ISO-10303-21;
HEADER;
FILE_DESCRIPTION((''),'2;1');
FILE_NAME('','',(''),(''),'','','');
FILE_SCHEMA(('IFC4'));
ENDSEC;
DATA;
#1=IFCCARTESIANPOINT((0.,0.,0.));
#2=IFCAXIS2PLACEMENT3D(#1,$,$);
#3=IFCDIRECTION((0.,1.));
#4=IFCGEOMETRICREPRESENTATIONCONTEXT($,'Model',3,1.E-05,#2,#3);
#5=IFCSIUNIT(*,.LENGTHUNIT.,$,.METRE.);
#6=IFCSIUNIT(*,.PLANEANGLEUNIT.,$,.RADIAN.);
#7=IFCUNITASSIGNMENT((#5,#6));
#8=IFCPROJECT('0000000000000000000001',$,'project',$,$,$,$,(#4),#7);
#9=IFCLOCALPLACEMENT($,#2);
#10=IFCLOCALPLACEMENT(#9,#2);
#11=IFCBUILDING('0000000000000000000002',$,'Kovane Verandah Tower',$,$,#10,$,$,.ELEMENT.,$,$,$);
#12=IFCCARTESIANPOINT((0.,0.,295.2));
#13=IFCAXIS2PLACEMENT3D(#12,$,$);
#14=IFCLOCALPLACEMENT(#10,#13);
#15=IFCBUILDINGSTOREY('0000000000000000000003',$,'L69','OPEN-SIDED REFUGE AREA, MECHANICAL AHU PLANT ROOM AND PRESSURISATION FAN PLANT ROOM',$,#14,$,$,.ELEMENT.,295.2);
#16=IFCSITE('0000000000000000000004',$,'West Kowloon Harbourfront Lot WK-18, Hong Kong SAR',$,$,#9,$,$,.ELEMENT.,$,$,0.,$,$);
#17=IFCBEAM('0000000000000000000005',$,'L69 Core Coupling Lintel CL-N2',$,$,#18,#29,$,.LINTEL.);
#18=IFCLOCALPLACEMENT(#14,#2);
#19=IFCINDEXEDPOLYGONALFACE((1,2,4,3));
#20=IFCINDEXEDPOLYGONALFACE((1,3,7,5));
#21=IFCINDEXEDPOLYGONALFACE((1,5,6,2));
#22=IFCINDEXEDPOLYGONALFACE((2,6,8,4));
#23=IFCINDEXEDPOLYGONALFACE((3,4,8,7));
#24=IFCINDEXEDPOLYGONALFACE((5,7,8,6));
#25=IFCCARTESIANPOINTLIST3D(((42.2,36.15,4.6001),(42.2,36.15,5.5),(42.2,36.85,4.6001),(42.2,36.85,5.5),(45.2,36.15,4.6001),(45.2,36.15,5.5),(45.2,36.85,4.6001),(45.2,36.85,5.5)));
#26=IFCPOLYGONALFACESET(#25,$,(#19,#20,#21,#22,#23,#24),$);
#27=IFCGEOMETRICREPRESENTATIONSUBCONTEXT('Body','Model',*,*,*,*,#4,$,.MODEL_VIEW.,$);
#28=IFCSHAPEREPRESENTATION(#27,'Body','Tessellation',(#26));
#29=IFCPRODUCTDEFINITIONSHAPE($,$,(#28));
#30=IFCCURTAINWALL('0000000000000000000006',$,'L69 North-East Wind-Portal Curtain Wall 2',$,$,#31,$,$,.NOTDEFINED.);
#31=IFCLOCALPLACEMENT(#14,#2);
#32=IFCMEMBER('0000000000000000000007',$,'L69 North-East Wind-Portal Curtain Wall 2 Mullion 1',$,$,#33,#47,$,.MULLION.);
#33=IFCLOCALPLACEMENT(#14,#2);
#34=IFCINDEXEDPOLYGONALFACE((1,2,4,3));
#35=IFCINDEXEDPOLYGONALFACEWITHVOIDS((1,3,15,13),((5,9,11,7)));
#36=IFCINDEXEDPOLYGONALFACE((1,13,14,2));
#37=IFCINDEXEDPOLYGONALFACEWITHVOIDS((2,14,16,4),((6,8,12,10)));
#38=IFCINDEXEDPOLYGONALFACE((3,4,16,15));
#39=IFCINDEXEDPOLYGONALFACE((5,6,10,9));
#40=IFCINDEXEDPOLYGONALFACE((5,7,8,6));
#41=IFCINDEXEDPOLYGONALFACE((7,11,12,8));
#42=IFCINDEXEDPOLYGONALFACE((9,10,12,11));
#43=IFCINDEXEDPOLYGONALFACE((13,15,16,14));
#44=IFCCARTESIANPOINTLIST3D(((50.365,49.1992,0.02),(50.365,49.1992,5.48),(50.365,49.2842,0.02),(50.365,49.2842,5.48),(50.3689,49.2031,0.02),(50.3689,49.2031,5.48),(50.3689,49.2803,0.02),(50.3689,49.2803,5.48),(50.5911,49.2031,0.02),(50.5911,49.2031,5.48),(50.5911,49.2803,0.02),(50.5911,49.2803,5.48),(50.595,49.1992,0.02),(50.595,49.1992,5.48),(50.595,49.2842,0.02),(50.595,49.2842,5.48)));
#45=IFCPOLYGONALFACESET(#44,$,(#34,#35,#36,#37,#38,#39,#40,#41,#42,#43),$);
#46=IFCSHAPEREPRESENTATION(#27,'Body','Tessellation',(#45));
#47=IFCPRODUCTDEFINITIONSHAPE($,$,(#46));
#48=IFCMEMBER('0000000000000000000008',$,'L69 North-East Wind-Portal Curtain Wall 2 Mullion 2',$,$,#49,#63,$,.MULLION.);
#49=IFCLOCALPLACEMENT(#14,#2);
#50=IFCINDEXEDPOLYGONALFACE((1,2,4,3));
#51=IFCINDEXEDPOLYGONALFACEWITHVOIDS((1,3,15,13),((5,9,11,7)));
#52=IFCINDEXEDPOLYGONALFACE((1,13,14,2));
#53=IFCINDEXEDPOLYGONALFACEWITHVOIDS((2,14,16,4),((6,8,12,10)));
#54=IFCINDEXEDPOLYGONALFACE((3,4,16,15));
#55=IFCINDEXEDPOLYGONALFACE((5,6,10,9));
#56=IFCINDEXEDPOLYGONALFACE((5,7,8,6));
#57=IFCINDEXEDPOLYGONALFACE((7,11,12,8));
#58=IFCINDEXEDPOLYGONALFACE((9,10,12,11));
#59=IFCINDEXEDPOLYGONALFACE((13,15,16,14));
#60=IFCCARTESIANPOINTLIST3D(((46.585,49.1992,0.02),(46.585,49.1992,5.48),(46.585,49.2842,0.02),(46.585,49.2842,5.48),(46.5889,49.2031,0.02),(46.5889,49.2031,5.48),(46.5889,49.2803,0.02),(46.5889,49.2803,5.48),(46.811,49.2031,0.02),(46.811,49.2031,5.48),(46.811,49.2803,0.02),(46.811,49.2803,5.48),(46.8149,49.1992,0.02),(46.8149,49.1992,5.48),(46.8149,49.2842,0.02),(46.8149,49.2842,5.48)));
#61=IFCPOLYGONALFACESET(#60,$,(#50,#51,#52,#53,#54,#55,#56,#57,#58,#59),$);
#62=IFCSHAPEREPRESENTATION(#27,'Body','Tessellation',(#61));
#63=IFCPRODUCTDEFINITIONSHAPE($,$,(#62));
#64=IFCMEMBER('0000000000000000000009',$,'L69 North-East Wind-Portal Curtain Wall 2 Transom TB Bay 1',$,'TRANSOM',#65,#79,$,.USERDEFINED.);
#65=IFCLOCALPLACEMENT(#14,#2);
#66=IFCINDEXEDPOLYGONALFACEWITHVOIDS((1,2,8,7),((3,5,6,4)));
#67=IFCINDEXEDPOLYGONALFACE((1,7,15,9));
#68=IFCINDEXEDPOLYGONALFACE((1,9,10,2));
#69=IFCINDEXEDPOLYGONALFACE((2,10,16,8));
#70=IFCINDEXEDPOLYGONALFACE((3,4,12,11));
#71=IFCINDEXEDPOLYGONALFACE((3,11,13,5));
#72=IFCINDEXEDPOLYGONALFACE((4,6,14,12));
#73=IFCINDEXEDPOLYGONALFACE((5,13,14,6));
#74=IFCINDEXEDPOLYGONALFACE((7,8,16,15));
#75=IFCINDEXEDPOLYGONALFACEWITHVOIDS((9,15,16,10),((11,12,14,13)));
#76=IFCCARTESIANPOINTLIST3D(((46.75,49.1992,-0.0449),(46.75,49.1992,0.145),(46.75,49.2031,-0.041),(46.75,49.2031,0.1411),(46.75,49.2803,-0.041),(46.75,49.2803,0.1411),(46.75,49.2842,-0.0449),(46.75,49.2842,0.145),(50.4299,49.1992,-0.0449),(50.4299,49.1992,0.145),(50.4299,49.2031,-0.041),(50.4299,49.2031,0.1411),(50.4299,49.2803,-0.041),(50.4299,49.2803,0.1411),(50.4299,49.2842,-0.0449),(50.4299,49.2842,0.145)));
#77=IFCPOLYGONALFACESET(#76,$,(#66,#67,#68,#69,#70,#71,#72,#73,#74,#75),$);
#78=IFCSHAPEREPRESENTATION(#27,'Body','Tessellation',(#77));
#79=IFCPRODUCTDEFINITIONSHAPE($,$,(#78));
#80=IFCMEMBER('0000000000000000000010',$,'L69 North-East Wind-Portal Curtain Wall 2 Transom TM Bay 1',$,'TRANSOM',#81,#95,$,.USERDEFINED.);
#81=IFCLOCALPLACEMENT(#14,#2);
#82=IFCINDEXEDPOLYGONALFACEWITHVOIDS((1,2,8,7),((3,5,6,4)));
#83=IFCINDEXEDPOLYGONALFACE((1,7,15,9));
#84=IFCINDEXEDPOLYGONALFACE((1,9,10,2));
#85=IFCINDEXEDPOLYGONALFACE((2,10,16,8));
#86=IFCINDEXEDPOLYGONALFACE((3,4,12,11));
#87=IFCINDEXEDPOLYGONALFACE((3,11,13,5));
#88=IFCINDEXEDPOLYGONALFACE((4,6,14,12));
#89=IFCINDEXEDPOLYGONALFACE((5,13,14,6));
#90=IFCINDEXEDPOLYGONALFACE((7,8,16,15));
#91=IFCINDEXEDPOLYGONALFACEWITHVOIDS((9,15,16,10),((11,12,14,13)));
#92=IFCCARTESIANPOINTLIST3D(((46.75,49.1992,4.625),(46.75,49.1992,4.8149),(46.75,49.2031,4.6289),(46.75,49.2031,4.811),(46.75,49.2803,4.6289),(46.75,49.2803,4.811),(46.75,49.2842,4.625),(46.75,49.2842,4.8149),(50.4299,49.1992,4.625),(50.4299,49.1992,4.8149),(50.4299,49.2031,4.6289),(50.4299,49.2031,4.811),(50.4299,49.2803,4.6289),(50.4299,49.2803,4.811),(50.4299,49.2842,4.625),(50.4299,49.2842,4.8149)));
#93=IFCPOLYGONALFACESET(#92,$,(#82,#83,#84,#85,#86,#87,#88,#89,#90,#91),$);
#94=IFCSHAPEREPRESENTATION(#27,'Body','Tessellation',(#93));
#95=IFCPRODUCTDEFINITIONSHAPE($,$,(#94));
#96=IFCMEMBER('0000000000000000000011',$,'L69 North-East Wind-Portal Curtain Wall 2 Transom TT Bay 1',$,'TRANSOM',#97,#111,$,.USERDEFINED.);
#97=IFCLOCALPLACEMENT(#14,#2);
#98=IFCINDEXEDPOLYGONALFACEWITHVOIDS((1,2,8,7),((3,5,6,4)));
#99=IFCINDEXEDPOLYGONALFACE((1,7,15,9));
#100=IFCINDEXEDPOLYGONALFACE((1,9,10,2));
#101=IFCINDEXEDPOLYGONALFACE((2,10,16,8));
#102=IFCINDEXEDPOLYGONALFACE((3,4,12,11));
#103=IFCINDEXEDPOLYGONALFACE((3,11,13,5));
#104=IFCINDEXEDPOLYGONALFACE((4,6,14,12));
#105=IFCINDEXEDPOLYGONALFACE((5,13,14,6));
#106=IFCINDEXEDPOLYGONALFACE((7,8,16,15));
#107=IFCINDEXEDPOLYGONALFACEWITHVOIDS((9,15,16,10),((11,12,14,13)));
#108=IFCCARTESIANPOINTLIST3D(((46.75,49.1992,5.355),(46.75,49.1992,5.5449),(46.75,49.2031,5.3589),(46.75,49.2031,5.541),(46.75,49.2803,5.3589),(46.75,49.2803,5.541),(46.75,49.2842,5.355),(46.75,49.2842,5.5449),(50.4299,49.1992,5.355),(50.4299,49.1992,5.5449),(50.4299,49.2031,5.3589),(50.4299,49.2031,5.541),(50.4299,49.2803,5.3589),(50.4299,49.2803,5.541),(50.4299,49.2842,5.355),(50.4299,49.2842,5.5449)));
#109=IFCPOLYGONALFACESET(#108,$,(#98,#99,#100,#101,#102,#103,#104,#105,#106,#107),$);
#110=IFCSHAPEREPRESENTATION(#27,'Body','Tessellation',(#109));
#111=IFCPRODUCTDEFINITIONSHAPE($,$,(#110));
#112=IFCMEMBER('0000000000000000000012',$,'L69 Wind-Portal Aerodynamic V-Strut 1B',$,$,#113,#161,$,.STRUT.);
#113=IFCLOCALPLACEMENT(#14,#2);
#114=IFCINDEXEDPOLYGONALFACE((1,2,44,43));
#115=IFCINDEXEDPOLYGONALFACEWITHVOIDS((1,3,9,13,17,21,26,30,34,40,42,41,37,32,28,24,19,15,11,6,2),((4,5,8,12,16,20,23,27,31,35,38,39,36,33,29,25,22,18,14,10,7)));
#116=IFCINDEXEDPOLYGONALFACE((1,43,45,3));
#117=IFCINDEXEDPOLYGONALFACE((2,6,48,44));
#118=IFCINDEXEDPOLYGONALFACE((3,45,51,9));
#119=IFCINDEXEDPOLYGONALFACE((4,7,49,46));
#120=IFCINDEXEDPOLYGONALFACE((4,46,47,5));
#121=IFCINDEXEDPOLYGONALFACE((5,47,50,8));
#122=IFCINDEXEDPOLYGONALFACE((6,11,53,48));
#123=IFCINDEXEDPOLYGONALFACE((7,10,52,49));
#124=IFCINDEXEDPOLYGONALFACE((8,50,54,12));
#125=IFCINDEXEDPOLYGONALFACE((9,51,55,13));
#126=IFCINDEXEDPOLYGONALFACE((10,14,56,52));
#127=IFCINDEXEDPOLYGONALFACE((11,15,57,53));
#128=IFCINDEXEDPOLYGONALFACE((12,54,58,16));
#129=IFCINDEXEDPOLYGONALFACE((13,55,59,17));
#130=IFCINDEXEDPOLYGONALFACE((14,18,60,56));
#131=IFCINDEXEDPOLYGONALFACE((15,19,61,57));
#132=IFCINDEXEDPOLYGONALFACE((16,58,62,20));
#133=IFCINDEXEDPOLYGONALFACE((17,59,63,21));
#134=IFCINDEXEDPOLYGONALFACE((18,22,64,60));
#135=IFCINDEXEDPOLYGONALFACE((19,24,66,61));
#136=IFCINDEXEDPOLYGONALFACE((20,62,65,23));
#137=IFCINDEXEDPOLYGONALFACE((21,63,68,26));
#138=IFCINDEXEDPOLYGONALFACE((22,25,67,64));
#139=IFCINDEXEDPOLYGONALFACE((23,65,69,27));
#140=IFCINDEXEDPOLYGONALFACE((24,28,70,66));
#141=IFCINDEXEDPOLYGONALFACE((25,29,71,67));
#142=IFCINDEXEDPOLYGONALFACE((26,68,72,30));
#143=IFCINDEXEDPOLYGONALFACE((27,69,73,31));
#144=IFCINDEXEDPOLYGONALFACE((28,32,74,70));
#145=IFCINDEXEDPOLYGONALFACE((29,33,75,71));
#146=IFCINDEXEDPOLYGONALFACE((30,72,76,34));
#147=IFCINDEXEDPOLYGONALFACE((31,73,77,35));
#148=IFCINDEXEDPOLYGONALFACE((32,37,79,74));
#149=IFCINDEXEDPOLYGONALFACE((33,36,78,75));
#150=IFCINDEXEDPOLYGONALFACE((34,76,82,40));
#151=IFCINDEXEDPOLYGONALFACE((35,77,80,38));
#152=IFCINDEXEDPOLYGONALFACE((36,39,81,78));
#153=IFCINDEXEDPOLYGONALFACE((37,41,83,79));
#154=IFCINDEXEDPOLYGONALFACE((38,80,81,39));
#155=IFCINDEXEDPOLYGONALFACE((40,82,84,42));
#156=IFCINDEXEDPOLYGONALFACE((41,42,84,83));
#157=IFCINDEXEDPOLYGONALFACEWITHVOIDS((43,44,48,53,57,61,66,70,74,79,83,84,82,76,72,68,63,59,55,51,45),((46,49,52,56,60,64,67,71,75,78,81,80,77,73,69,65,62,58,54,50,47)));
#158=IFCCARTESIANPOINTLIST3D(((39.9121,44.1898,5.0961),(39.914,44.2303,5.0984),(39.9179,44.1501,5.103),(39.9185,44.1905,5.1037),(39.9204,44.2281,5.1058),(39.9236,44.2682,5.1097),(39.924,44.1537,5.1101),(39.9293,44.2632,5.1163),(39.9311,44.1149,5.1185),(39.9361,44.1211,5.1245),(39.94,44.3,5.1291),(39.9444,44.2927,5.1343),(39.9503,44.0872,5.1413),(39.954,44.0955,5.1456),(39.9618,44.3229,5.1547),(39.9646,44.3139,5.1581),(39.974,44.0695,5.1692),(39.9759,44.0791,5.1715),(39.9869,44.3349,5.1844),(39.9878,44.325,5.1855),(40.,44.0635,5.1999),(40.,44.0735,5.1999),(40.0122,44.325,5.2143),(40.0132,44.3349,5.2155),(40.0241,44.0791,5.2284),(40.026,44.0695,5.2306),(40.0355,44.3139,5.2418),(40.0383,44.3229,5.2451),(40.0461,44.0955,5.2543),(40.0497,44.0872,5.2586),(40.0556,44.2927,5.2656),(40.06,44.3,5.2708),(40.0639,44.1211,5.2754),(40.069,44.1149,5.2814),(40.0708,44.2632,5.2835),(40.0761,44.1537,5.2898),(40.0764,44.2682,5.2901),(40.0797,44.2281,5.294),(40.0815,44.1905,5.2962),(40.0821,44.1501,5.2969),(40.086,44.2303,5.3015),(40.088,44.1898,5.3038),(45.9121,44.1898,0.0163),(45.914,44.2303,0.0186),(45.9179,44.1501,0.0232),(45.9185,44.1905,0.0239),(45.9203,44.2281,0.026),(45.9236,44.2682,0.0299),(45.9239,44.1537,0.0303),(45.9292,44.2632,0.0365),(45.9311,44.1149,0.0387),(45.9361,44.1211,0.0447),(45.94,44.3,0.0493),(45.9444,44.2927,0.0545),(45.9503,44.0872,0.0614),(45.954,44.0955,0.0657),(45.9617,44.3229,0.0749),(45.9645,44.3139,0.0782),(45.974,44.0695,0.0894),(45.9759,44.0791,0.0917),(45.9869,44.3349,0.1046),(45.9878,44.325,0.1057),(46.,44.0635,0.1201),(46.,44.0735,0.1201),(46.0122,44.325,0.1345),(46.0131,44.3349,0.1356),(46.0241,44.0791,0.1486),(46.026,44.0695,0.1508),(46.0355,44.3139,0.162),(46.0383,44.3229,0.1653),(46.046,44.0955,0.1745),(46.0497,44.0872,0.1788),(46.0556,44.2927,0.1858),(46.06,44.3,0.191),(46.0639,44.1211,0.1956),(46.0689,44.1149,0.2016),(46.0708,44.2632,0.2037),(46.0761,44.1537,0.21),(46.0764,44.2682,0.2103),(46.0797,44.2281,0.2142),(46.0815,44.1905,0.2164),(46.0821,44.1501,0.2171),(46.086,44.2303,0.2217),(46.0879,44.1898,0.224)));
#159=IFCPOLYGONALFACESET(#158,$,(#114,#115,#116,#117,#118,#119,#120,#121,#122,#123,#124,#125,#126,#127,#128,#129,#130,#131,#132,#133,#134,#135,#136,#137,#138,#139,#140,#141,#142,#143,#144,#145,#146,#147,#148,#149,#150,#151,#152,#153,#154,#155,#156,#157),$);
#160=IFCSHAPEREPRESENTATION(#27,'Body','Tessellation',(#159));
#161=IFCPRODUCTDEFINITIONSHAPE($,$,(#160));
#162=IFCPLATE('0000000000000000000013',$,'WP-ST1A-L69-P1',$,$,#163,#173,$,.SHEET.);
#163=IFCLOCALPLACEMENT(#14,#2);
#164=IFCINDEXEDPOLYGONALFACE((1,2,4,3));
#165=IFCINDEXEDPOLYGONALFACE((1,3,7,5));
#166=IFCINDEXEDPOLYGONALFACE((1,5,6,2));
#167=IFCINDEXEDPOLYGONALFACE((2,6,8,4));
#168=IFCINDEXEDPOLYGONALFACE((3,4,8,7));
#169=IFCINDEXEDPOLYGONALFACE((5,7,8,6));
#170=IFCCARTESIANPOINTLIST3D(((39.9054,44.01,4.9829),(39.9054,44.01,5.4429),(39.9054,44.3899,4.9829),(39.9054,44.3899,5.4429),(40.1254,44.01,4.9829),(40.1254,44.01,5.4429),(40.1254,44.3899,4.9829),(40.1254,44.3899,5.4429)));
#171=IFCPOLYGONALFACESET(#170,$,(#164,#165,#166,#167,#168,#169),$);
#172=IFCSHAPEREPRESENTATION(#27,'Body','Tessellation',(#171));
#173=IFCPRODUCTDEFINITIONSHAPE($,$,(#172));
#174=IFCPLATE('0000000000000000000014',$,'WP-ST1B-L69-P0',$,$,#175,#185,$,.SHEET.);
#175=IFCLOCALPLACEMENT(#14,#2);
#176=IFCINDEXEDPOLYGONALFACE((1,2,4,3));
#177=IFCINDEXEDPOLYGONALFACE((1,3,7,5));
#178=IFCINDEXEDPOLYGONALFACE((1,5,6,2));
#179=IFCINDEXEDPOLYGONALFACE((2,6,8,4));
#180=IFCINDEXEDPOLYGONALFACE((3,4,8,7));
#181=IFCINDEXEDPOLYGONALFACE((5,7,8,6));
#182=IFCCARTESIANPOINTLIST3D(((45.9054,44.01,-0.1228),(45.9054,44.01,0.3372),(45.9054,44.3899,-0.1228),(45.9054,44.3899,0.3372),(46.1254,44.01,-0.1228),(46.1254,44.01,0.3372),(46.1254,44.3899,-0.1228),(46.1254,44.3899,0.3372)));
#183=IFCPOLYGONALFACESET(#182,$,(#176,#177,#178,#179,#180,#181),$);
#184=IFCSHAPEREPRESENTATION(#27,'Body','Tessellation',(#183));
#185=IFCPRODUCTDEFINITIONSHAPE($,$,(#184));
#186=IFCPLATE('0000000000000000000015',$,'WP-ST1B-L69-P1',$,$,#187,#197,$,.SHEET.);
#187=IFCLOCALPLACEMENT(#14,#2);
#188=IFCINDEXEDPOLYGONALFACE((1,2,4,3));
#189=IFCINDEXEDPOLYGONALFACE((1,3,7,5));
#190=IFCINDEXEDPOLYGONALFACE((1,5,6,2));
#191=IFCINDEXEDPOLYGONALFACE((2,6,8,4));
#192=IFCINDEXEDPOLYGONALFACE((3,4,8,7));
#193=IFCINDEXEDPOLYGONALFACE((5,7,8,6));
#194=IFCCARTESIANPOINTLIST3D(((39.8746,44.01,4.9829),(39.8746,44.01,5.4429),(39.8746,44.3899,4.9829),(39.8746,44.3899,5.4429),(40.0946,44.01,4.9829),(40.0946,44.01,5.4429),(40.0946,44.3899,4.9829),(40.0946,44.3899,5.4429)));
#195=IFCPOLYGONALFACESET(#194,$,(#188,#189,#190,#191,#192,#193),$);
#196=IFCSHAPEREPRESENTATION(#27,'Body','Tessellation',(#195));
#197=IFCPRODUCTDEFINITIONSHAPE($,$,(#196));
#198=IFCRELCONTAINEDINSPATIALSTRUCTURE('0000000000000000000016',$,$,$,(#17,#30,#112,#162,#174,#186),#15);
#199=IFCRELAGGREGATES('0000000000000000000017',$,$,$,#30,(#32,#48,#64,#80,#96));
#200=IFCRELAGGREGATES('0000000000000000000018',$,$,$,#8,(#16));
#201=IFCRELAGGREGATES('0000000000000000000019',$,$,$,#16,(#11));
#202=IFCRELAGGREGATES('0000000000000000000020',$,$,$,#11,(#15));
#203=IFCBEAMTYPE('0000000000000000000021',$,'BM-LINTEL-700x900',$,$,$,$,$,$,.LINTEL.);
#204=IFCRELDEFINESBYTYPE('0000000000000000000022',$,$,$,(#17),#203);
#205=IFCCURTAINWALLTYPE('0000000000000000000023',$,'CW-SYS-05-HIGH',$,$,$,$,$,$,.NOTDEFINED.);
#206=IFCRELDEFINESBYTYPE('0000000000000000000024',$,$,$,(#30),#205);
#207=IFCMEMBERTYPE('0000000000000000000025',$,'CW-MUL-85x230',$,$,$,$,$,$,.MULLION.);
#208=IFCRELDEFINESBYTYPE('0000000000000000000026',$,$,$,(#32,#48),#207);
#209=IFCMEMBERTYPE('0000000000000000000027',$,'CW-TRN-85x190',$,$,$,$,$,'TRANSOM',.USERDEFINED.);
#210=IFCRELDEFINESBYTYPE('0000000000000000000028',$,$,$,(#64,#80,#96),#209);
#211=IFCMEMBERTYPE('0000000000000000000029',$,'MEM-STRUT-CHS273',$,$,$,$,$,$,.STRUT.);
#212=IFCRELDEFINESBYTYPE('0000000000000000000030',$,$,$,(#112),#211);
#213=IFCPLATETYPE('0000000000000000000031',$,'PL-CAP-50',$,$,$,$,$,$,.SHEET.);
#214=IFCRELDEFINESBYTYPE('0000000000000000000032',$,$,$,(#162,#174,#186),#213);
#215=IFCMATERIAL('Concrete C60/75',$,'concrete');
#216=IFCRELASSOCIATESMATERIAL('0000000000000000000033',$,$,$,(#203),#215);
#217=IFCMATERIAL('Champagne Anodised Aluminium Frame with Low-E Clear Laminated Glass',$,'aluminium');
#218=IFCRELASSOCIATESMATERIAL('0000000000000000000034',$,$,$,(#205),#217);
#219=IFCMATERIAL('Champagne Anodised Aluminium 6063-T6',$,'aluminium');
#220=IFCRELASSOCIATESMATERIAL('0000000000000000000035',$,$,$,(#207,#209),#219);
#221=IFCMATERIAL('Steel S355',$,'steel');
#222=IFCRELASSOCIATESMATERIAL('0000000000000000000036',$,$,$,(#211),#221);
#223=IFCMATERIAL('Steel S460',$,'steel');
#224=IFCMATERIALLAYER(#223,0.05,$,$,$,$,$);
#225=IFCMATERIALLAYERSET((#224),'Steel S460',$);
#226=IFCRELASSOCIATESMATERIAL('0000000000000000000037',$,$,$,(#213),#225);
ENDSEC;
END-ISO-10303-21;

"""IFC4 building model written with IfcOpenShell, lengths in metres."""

from ifc_helpers import new_model, si_unit, direction, frame, origin, origin_2d, place, context, subcontext, project, spatial, rectangle, hollow_rectangle, hollow_circle, extrude, material, layer, layer_set, material_profile, profile_set, type_object, element, aggregate, save


model = new_model("IFC4")

# Units and contexts
model_context = context("Model", 3, precision=1e-05, world=origin(), true_north=direction((0.0, 1.0)))
body_context = subcontext(model_context, "Body", "Model", "MODEL_VIEW")
ifc_project = project(units=[si_unit("LENGTHUNIT", "METRE"), si_unit("PLANEANGLEUNIT", "RADIAN")], contexts=[model_context])

# Site, building, storey
site_placement = place(None, origin())
site = spatial("IfcSite", under=ifc_project, at=site_placement, Name="West Kowloon Harbourfront Lot WK-18, Hong Kong SAR", CompositionType="ELEMENT", RefElevation=0.0)
building_placement = place(site_placement, origin())
building = spatial("IfcBuilding", under=site, at=building_placement, Name="Kovane Verandah Tower", CompositionType="ELEMENT")
storey_placement = place(building_placement, frame((0.0, 0.0, 295.2)))
storey = spatial("IfcBuildingStorey", under=building, at=storey_placement, Name="L69", Description="OPEN-SIDED REFUGE AREA, MECHANICAL AHU PLANT ROOM AND PRESSURISATION FAN PLANT ROOM", CompositionType="ELEMENT", Elevation=295.2)

# Beam
ifc_material_1 = material(Name="Concrete C60/75", Category="concrete")
ifc_material_profile_1 = material_profile(ifc_material_1, rectangle(XDim=0.7, YDim=0.8999, at=origin_2d()), Name="RCB700x900")
ifc_profile_set_1 = profile_set([ifc_material_profile_1], Name="Concrete C60/75")
beam_type = type_object("IfcBeamType", Name="BM-LINTEL-700x900", PredefinedType="LINTEL", material=ifc_profile_set_1)
beam_placement = place(storey_placement, frame((42.2, 36.5, 5.05), z_axis=(1.0, 0.0, 0.0), x_axis=(0.0, 1.0, 0.0)))
element("IfcBeam", 1, at=beam_placement, inside=storey, type_object=beam_type, Name="L69 Core Coupling Lintel CL-N2", PredefinedType="LINTEL", context=body_context, shape_type="SweptSolid", body=[
    extrude(rectangle(XDim=0.7, YDim=0.8999, at=origin_2d()), origin(), (0.0, 0.0, 1.0), 3.0),
])

# Curtain wall, members
ifc_material_2 = material(Name="Champagne Anodised Aluminium Frame with Low-E Clear Laminated Glass", Category="aluminium")
curtain_wall_type = type_object("IfcCurtainWallType", Name="CW-SYS-05-HIGH", PredefinedType="NOTDEFINED", material=ifc_material_2)
curtain_wall_placement = place(storey_placement, origin())
curtain_wall = element("IfcCurtainWall", 2, at=curtain_wall_placement, inside=storey, type_object=curtain_wall_type, Name="L69 North-East Wind-Portal Curtain Wall 2", PredefinedType="NOTDEFINED")
ifc_material_3 = material(Name="Champagne Anodised Aluminium 6063-T6", Category="aluminium")
ifc_material_profile_2 = material_profile(ifc_material_3, hollow_rectangle(XDim=0.085, YDim=0.23, WallThickness=0.0039, at=origin_2d()), Name="AL85x230x4")
ifc_profile_set_2 = profile_set([ifc_material_profile_2], Name="Champagne Anodised Aluminium 6063-T6")
member_type_1 = type_object("IfcMemberType", Name="CW-MUL-85x230", PredefinedType="MULLION", material=ifc_profile_set_2)
member_1_placement = place(storey_placement, frame((50.48, 49.2417, 0.02), z_axis=(0.0, 0.0, 1.0), x_axis=(0.0, 1.0, 0.0)))
member_1 = element("IfcMember", 3, at=member_1_placement, type_object=member_type_1, Name="L69 North-East Wind-Portal Curtain Wall 2 Mullion 1", PredefinedType="MULLION", context=body_context, shape_type="SweptSolid", body=[
    extrude(hollow_rectangle(XDim=0.085, YDim=0.23, WallThickness=0.0039, at=origin_2d()), origin(), (0.0, 0.0, 1.0), 5.46),
])
member_2_placement = place(storey_placement, frame((46.7, 49.2417, 0.02), z_axis=(0.0, 0.0, 1.0), x_axis=(0.0, 1.0, 0.0)))
member_2 = element("IfcMember", 4, at=member_2_placement, type_object=member_type_1, Name="L69 North-East Wind-Portal Curtain Wall 2 Mullion 2", PredefinedType="MULLION", context=body_context, shape_type="SweptSolid", body=[
    extrude(hollow_rectangle(XDim=0.085, YDim=0.23, WallThickness=0.0039, at=origin_2d()), origin(), (0.0, 0.0, 1.0), 5.46),
])
ifc_material_profile_3 = material_profile(ifc_material_3, hollow_rectangle(XDim=0.085, YDim=0.1899, WallThickness=0.0039, at=origin_2d()), Name="AL85x190x4")
ifc_profile_set_3 = profile_set([ifc_material_profile_3], Name="Champagne Anodised Aluminium 6063-T6")
member_type_2 = type_object("IfcMemberType", Name="CW-TRN-85x190", ElementType="TRANSOM", PredefinedType="USERDEFINED", material=ifc_profile_set_3)
member_3_placement = place(storey_placement, frame((50.4299, 49.2417, 0.05), z_axis=(-1.0, 0.0, 0.0), x_axis=(0.0, -1.0, 0.0)))
member_3 = element("IfcMember", 5, at=member_3_placement, type_object=member_type_2, Name="L69 North-East Wind-Portal Curtain Wall 2 Transom TB Bay 1", ObjectType="TRANSOM", PredefinedType="USERDEFINED", context=body_context, shape_type="SweptSolid", body=[
    extrude(hollow_rectangle(XDim=0.085, YDim=0.1899, WallThickness=0.0039, at=origin_2d()), origin(), (0.0, 0.0, 1.0), 3.6799),
])
member_4_placement = place(storey_placement, frame((50.4299, 49.2417, 4.72), z_axis=(-1.0, 0.0, 0.0), x_axis=(0.0, -1.0, 0.0)))
member_4 = element("IfcMember", 6, at=member_4_placement, type_object=member_type_2, Name="L69 North-East Wind-Portal Curtain Wall 2 Transom TM Bay 1", ObjectType="TRANSOM", PredefinedType="USERDEFINED", context=body_context, shape_type="SweptSolid", body=[
    extrude(hollow_rectangle(XDim=0.085, YDim=0.1899, WallThickness=0.0039, at=origin_2d()), origin(), (0.0, 0.0, 1.0), 3.6799),
])
member_5_placement = place(storey_placement, frame((50.4299, 49.2417, 5.45), z_axis=(-1.0, 0.0, 0.0), x_axis=(0.0, -1.0, 0.0)))
member_5 = element("IfcMember", 7, at=member_5_placement, type_object=member_type_2, Name="L69 North-East Wind-Portal Curtain Wall 2 Transom TT Bay 1", ObjectType="TRANSOM", PredefinedType="USERDEFINED", context=body_context, shape_type="SweptSolid", body=[
    extrude(hollow_rectangle(XDim=0.085, YDim=0.1899, WallThickness=0.0039, at=origin_2d()), origin(), (0.0, 0.0, 1.0), 3.6799),
])

# Member
ifc_material_4 = material(Name="Steel S355", Category="steel")
ifc_material_profile_4 = material_profile(ifc_material_4, hollow_circle(Radius=0.1365, WallThickness=0.01, at=origin_2d()), Name="CHS273x10")
ifc_profile_set_4 = profile_set([ifc_material_profile_4], Name="Steel S355")
member_type_3 = type_object("IfcMemberType", Name="MEM-STRUT-CHS273", PredefinedType="STRUT", material=ifc_profile_set_4)
member_6_placement = place(storey_placement, frame((46.0, 44.2, 0.1201), z_axis=(-0.763204, 0.0, 0.646158), x_axis=(0.0, -1.0, 0.0)))
element("IfcMember", 8, at=member_6_placement, inside=storey, type_object=member_type_3, Name="L69 Wind-Portal Aerodynamic V-Strut 1B", PredefinedType="STRUT", context=body_context, shape_type="SweptSolid", body=[
    extrude(hollow_circle(Radius=0.1365, WallThickness=0.01, at=origin_2d()), origin(), (0.0, 0.0, 1.0), 7.8616),
])

# Plates
ifc_material_5 = material(Name="Steel S460", Category="steel")
ifc_layer_1 = layer(ifc_material_5, 0.05)
ifc_layer_set_1 = layer_set([ifc_layer_1], Name="Steel S460")
plate_type_1 = type_object("IfcPlateType", Name="PL-CAP-50", PredefinedType="SHEET", material=ifc_layer_set_1)
for number, where, z_axis, x_axis, name in (
    (9, (40.0154, 44.2, 4.9829), (0.0, 0.0, 1.0), (1.0, 0.0, 0.0), "WP-ST1A-L69-P1"),
    (10, (46.0154, 44.2, -0.1228), (0.0, 0.0, 1.0), (-1.0, 0.0, 0.0), "WP-ST1B-L69-P0"),
    (11, (39.9846, 44.2, 4.9829), (0.0, 0.0, 1.0), (-1.0, 0.0, 0.0), "WP-ST1B-L69-P1"),
):
    element("IfcPlate", number, at=place(storey_placement, frame(where, z_axis=z_axis, x_axis=x_axis)), inside=storey, type_object=plate_type_1, Name=name, PredefinedType="SHEET", context=body_context, shape_type="SweptSolid", body=[
        extrude(rectangle(XDim=0.22, YDim=0.3799, at=origin_2d()), origin(), (0.0, 0.0, 1.0), 0.46),
    ])

aggregate(curtain_wall, [member_1, member_2, member_3, member_4, member_5])

save(model, "model.ifc")
